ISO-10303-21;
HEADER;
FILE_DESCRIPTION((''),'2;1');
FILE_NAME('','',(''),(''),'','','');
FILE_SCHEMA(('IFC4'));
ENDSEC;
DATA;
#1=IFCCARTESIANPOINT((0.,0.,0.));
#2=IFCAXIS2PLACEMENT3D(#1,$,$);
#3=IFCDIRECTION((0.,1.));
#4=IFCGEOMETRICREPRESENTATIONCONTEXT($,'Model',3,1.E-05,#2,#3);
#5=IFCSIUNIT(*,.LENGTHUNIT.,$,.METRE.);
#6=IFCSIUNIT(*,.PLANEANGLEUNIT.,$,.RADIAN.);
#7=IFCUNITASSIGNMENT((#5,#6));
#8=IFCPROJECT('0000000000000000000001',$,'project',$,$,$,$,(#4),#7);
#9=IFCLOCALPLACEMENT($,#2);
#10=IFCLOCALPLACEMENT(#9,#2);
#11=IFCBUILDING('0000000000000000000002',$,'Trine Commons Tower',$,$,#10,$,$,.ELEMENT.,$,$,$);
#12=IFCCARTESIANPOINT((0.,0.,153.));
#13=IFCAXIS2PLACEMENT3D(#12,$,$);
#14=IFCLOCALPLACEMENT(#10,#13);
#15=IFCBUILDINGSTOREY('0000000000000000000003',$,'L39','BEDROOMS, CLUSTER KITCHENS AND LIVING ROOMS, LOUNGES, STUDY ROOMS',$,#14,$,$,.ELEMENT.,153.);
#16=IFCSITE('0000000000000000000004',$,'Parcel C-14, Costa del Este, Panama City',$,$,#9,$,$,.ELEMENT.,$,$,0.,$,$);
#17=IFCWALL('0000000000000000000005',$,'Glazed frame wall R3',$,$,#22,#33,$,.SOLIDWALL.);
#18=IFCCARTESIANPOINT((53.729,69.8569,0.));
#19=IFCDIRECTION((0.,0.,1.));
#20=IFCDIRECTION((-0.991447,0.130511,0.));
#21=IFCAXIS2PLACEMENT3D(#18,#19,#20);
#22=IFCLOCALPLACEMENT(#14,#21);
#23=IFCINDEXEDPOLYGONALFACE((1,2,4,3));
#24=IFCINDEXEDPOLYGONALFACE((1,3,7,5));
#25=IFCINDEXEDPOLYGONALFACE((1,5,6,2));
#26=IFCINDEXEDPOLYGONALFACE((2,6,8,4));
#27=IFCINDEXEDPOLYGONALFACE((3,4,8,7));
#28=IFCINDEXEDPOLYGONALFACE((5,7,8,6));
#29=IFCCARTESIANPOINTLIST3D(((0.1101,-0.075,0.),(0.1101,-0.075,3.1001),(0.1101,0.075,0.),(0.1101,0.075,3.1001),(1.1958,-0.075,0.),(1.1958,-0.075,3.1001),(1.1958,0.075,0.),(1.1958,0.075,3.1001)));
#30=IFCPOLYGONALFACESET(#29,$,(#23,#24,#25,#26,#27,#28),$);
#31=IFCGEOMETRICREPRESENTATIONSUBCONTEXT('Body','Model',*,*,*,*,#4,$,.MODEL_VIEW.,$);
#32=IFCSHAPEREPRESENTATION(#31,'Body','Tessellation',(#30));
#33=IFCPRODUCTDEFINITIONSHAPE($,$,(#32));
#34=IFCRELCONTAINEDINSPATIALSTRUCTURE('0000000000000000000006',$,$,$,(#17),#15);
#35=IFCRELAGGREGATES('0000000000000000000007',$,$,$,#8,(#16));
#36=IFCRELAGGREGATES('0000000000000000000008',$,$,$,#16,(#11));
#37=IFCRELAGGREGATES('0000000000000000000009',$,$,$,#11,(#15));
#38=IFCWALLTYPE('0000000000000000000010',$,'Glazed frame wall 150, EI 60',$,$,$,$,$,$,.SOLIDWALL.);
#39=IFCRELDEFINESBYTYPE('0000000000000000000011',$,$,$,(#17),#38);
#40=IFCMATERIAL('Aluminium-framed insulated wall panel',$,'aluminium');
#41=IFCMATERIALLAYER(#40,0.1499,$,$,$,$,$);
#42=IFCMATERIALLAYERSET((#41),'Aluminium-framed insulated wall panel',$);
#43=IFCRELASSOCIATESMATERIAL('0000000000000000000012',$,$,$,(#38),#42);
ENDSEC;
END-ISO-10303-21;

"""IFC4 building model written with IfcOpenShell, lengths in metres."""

from ifc_helpers import new_model, si_unit, direction, frame, origin, place, context, subcontext, project, spatial, polyline, outline, extrude, material, layer, layer_set, type_object, element, save


model = new_model("IFC4")

# Units and contexts
model_context = context("Model", 3, precision=1e-05, world=origin(), true_north=direction((0.0, 1.0)))
body_context = subcontext(model_context, "Body", "Model", "MODEL_VIEW")
ifc_project = project(units=[si_unit("LENGTHUNIT", "METRE"), si_unit("PLANEANGLEUNIT", "RADIAN")], contexts=[model_context])

# Site, building, storey
site_placement = place(None, origin())
site = spatial("IfcSite", under=ifc_project, at=site_placement, Name="Parcel C-14, Costa del Este, Panama City", CompositionType="ELEMENT", RefElevation=0.0)
building_placement = place(site_placement, origin())
building = spatial("IfcBuilding", under=site, at=building_placement, Name="Trine Commons Tower", CompositionType="ELEMENT")
storey_placement = place(building_placement, frame((0.0, 0.0, 153.0)))
storey = spatial("IfcBuildingStorey", under=building, at=storey_placement, Name="L39", Description="BEDROOMS, CLUSTER KITCHENS AND LIVING ROOMS, LOUNGES, STUDY ROOMS", CompositionType="ELEMENT", Elevation=153.0)

# Shared definitions
ifc_material_1 = material(Name="Aluminium-framed insulated wall panel", Category="aluminium")
ifc_layer_1 = layer(ifc_material_1, 0.1499)
ifc_layer_set_1 = layer_set([ifc_layer_1], Name="Aluminium-framed insulated wall panel")
wall_type_1 = type_object("IfcWallType", Name="Glazed frame wall 150, EI 60", PredefinedType="SOLIDWALL", material=ifc_layer_set_1)

# Wall
wall_1_placement = place(storey_placement, frame((53.729, 69.8569, 0.0), z_axis=(0.0, 0.0, 1.0), x_axis=(-0.991447, 0.130511, 0.0)))
element("IfcWall", 1, at=wall_1_placement, inside=storey, type_object=wall_type_1, Name="Glazed frame wall R3", PredefinedType="SOLIDWALL", context=body_context, shape_type="SweptSolid", body=[
    extrude(outline(polyline([(0.1101, 0.075), (0.1101, -0.075), (1.1958, -0.075), (1.1958, 0.075), (0.1101, 0.075)])), origin(), (0.0, 0.0, 1.0), 3.1001),
])

save(model, "model.ifc")
